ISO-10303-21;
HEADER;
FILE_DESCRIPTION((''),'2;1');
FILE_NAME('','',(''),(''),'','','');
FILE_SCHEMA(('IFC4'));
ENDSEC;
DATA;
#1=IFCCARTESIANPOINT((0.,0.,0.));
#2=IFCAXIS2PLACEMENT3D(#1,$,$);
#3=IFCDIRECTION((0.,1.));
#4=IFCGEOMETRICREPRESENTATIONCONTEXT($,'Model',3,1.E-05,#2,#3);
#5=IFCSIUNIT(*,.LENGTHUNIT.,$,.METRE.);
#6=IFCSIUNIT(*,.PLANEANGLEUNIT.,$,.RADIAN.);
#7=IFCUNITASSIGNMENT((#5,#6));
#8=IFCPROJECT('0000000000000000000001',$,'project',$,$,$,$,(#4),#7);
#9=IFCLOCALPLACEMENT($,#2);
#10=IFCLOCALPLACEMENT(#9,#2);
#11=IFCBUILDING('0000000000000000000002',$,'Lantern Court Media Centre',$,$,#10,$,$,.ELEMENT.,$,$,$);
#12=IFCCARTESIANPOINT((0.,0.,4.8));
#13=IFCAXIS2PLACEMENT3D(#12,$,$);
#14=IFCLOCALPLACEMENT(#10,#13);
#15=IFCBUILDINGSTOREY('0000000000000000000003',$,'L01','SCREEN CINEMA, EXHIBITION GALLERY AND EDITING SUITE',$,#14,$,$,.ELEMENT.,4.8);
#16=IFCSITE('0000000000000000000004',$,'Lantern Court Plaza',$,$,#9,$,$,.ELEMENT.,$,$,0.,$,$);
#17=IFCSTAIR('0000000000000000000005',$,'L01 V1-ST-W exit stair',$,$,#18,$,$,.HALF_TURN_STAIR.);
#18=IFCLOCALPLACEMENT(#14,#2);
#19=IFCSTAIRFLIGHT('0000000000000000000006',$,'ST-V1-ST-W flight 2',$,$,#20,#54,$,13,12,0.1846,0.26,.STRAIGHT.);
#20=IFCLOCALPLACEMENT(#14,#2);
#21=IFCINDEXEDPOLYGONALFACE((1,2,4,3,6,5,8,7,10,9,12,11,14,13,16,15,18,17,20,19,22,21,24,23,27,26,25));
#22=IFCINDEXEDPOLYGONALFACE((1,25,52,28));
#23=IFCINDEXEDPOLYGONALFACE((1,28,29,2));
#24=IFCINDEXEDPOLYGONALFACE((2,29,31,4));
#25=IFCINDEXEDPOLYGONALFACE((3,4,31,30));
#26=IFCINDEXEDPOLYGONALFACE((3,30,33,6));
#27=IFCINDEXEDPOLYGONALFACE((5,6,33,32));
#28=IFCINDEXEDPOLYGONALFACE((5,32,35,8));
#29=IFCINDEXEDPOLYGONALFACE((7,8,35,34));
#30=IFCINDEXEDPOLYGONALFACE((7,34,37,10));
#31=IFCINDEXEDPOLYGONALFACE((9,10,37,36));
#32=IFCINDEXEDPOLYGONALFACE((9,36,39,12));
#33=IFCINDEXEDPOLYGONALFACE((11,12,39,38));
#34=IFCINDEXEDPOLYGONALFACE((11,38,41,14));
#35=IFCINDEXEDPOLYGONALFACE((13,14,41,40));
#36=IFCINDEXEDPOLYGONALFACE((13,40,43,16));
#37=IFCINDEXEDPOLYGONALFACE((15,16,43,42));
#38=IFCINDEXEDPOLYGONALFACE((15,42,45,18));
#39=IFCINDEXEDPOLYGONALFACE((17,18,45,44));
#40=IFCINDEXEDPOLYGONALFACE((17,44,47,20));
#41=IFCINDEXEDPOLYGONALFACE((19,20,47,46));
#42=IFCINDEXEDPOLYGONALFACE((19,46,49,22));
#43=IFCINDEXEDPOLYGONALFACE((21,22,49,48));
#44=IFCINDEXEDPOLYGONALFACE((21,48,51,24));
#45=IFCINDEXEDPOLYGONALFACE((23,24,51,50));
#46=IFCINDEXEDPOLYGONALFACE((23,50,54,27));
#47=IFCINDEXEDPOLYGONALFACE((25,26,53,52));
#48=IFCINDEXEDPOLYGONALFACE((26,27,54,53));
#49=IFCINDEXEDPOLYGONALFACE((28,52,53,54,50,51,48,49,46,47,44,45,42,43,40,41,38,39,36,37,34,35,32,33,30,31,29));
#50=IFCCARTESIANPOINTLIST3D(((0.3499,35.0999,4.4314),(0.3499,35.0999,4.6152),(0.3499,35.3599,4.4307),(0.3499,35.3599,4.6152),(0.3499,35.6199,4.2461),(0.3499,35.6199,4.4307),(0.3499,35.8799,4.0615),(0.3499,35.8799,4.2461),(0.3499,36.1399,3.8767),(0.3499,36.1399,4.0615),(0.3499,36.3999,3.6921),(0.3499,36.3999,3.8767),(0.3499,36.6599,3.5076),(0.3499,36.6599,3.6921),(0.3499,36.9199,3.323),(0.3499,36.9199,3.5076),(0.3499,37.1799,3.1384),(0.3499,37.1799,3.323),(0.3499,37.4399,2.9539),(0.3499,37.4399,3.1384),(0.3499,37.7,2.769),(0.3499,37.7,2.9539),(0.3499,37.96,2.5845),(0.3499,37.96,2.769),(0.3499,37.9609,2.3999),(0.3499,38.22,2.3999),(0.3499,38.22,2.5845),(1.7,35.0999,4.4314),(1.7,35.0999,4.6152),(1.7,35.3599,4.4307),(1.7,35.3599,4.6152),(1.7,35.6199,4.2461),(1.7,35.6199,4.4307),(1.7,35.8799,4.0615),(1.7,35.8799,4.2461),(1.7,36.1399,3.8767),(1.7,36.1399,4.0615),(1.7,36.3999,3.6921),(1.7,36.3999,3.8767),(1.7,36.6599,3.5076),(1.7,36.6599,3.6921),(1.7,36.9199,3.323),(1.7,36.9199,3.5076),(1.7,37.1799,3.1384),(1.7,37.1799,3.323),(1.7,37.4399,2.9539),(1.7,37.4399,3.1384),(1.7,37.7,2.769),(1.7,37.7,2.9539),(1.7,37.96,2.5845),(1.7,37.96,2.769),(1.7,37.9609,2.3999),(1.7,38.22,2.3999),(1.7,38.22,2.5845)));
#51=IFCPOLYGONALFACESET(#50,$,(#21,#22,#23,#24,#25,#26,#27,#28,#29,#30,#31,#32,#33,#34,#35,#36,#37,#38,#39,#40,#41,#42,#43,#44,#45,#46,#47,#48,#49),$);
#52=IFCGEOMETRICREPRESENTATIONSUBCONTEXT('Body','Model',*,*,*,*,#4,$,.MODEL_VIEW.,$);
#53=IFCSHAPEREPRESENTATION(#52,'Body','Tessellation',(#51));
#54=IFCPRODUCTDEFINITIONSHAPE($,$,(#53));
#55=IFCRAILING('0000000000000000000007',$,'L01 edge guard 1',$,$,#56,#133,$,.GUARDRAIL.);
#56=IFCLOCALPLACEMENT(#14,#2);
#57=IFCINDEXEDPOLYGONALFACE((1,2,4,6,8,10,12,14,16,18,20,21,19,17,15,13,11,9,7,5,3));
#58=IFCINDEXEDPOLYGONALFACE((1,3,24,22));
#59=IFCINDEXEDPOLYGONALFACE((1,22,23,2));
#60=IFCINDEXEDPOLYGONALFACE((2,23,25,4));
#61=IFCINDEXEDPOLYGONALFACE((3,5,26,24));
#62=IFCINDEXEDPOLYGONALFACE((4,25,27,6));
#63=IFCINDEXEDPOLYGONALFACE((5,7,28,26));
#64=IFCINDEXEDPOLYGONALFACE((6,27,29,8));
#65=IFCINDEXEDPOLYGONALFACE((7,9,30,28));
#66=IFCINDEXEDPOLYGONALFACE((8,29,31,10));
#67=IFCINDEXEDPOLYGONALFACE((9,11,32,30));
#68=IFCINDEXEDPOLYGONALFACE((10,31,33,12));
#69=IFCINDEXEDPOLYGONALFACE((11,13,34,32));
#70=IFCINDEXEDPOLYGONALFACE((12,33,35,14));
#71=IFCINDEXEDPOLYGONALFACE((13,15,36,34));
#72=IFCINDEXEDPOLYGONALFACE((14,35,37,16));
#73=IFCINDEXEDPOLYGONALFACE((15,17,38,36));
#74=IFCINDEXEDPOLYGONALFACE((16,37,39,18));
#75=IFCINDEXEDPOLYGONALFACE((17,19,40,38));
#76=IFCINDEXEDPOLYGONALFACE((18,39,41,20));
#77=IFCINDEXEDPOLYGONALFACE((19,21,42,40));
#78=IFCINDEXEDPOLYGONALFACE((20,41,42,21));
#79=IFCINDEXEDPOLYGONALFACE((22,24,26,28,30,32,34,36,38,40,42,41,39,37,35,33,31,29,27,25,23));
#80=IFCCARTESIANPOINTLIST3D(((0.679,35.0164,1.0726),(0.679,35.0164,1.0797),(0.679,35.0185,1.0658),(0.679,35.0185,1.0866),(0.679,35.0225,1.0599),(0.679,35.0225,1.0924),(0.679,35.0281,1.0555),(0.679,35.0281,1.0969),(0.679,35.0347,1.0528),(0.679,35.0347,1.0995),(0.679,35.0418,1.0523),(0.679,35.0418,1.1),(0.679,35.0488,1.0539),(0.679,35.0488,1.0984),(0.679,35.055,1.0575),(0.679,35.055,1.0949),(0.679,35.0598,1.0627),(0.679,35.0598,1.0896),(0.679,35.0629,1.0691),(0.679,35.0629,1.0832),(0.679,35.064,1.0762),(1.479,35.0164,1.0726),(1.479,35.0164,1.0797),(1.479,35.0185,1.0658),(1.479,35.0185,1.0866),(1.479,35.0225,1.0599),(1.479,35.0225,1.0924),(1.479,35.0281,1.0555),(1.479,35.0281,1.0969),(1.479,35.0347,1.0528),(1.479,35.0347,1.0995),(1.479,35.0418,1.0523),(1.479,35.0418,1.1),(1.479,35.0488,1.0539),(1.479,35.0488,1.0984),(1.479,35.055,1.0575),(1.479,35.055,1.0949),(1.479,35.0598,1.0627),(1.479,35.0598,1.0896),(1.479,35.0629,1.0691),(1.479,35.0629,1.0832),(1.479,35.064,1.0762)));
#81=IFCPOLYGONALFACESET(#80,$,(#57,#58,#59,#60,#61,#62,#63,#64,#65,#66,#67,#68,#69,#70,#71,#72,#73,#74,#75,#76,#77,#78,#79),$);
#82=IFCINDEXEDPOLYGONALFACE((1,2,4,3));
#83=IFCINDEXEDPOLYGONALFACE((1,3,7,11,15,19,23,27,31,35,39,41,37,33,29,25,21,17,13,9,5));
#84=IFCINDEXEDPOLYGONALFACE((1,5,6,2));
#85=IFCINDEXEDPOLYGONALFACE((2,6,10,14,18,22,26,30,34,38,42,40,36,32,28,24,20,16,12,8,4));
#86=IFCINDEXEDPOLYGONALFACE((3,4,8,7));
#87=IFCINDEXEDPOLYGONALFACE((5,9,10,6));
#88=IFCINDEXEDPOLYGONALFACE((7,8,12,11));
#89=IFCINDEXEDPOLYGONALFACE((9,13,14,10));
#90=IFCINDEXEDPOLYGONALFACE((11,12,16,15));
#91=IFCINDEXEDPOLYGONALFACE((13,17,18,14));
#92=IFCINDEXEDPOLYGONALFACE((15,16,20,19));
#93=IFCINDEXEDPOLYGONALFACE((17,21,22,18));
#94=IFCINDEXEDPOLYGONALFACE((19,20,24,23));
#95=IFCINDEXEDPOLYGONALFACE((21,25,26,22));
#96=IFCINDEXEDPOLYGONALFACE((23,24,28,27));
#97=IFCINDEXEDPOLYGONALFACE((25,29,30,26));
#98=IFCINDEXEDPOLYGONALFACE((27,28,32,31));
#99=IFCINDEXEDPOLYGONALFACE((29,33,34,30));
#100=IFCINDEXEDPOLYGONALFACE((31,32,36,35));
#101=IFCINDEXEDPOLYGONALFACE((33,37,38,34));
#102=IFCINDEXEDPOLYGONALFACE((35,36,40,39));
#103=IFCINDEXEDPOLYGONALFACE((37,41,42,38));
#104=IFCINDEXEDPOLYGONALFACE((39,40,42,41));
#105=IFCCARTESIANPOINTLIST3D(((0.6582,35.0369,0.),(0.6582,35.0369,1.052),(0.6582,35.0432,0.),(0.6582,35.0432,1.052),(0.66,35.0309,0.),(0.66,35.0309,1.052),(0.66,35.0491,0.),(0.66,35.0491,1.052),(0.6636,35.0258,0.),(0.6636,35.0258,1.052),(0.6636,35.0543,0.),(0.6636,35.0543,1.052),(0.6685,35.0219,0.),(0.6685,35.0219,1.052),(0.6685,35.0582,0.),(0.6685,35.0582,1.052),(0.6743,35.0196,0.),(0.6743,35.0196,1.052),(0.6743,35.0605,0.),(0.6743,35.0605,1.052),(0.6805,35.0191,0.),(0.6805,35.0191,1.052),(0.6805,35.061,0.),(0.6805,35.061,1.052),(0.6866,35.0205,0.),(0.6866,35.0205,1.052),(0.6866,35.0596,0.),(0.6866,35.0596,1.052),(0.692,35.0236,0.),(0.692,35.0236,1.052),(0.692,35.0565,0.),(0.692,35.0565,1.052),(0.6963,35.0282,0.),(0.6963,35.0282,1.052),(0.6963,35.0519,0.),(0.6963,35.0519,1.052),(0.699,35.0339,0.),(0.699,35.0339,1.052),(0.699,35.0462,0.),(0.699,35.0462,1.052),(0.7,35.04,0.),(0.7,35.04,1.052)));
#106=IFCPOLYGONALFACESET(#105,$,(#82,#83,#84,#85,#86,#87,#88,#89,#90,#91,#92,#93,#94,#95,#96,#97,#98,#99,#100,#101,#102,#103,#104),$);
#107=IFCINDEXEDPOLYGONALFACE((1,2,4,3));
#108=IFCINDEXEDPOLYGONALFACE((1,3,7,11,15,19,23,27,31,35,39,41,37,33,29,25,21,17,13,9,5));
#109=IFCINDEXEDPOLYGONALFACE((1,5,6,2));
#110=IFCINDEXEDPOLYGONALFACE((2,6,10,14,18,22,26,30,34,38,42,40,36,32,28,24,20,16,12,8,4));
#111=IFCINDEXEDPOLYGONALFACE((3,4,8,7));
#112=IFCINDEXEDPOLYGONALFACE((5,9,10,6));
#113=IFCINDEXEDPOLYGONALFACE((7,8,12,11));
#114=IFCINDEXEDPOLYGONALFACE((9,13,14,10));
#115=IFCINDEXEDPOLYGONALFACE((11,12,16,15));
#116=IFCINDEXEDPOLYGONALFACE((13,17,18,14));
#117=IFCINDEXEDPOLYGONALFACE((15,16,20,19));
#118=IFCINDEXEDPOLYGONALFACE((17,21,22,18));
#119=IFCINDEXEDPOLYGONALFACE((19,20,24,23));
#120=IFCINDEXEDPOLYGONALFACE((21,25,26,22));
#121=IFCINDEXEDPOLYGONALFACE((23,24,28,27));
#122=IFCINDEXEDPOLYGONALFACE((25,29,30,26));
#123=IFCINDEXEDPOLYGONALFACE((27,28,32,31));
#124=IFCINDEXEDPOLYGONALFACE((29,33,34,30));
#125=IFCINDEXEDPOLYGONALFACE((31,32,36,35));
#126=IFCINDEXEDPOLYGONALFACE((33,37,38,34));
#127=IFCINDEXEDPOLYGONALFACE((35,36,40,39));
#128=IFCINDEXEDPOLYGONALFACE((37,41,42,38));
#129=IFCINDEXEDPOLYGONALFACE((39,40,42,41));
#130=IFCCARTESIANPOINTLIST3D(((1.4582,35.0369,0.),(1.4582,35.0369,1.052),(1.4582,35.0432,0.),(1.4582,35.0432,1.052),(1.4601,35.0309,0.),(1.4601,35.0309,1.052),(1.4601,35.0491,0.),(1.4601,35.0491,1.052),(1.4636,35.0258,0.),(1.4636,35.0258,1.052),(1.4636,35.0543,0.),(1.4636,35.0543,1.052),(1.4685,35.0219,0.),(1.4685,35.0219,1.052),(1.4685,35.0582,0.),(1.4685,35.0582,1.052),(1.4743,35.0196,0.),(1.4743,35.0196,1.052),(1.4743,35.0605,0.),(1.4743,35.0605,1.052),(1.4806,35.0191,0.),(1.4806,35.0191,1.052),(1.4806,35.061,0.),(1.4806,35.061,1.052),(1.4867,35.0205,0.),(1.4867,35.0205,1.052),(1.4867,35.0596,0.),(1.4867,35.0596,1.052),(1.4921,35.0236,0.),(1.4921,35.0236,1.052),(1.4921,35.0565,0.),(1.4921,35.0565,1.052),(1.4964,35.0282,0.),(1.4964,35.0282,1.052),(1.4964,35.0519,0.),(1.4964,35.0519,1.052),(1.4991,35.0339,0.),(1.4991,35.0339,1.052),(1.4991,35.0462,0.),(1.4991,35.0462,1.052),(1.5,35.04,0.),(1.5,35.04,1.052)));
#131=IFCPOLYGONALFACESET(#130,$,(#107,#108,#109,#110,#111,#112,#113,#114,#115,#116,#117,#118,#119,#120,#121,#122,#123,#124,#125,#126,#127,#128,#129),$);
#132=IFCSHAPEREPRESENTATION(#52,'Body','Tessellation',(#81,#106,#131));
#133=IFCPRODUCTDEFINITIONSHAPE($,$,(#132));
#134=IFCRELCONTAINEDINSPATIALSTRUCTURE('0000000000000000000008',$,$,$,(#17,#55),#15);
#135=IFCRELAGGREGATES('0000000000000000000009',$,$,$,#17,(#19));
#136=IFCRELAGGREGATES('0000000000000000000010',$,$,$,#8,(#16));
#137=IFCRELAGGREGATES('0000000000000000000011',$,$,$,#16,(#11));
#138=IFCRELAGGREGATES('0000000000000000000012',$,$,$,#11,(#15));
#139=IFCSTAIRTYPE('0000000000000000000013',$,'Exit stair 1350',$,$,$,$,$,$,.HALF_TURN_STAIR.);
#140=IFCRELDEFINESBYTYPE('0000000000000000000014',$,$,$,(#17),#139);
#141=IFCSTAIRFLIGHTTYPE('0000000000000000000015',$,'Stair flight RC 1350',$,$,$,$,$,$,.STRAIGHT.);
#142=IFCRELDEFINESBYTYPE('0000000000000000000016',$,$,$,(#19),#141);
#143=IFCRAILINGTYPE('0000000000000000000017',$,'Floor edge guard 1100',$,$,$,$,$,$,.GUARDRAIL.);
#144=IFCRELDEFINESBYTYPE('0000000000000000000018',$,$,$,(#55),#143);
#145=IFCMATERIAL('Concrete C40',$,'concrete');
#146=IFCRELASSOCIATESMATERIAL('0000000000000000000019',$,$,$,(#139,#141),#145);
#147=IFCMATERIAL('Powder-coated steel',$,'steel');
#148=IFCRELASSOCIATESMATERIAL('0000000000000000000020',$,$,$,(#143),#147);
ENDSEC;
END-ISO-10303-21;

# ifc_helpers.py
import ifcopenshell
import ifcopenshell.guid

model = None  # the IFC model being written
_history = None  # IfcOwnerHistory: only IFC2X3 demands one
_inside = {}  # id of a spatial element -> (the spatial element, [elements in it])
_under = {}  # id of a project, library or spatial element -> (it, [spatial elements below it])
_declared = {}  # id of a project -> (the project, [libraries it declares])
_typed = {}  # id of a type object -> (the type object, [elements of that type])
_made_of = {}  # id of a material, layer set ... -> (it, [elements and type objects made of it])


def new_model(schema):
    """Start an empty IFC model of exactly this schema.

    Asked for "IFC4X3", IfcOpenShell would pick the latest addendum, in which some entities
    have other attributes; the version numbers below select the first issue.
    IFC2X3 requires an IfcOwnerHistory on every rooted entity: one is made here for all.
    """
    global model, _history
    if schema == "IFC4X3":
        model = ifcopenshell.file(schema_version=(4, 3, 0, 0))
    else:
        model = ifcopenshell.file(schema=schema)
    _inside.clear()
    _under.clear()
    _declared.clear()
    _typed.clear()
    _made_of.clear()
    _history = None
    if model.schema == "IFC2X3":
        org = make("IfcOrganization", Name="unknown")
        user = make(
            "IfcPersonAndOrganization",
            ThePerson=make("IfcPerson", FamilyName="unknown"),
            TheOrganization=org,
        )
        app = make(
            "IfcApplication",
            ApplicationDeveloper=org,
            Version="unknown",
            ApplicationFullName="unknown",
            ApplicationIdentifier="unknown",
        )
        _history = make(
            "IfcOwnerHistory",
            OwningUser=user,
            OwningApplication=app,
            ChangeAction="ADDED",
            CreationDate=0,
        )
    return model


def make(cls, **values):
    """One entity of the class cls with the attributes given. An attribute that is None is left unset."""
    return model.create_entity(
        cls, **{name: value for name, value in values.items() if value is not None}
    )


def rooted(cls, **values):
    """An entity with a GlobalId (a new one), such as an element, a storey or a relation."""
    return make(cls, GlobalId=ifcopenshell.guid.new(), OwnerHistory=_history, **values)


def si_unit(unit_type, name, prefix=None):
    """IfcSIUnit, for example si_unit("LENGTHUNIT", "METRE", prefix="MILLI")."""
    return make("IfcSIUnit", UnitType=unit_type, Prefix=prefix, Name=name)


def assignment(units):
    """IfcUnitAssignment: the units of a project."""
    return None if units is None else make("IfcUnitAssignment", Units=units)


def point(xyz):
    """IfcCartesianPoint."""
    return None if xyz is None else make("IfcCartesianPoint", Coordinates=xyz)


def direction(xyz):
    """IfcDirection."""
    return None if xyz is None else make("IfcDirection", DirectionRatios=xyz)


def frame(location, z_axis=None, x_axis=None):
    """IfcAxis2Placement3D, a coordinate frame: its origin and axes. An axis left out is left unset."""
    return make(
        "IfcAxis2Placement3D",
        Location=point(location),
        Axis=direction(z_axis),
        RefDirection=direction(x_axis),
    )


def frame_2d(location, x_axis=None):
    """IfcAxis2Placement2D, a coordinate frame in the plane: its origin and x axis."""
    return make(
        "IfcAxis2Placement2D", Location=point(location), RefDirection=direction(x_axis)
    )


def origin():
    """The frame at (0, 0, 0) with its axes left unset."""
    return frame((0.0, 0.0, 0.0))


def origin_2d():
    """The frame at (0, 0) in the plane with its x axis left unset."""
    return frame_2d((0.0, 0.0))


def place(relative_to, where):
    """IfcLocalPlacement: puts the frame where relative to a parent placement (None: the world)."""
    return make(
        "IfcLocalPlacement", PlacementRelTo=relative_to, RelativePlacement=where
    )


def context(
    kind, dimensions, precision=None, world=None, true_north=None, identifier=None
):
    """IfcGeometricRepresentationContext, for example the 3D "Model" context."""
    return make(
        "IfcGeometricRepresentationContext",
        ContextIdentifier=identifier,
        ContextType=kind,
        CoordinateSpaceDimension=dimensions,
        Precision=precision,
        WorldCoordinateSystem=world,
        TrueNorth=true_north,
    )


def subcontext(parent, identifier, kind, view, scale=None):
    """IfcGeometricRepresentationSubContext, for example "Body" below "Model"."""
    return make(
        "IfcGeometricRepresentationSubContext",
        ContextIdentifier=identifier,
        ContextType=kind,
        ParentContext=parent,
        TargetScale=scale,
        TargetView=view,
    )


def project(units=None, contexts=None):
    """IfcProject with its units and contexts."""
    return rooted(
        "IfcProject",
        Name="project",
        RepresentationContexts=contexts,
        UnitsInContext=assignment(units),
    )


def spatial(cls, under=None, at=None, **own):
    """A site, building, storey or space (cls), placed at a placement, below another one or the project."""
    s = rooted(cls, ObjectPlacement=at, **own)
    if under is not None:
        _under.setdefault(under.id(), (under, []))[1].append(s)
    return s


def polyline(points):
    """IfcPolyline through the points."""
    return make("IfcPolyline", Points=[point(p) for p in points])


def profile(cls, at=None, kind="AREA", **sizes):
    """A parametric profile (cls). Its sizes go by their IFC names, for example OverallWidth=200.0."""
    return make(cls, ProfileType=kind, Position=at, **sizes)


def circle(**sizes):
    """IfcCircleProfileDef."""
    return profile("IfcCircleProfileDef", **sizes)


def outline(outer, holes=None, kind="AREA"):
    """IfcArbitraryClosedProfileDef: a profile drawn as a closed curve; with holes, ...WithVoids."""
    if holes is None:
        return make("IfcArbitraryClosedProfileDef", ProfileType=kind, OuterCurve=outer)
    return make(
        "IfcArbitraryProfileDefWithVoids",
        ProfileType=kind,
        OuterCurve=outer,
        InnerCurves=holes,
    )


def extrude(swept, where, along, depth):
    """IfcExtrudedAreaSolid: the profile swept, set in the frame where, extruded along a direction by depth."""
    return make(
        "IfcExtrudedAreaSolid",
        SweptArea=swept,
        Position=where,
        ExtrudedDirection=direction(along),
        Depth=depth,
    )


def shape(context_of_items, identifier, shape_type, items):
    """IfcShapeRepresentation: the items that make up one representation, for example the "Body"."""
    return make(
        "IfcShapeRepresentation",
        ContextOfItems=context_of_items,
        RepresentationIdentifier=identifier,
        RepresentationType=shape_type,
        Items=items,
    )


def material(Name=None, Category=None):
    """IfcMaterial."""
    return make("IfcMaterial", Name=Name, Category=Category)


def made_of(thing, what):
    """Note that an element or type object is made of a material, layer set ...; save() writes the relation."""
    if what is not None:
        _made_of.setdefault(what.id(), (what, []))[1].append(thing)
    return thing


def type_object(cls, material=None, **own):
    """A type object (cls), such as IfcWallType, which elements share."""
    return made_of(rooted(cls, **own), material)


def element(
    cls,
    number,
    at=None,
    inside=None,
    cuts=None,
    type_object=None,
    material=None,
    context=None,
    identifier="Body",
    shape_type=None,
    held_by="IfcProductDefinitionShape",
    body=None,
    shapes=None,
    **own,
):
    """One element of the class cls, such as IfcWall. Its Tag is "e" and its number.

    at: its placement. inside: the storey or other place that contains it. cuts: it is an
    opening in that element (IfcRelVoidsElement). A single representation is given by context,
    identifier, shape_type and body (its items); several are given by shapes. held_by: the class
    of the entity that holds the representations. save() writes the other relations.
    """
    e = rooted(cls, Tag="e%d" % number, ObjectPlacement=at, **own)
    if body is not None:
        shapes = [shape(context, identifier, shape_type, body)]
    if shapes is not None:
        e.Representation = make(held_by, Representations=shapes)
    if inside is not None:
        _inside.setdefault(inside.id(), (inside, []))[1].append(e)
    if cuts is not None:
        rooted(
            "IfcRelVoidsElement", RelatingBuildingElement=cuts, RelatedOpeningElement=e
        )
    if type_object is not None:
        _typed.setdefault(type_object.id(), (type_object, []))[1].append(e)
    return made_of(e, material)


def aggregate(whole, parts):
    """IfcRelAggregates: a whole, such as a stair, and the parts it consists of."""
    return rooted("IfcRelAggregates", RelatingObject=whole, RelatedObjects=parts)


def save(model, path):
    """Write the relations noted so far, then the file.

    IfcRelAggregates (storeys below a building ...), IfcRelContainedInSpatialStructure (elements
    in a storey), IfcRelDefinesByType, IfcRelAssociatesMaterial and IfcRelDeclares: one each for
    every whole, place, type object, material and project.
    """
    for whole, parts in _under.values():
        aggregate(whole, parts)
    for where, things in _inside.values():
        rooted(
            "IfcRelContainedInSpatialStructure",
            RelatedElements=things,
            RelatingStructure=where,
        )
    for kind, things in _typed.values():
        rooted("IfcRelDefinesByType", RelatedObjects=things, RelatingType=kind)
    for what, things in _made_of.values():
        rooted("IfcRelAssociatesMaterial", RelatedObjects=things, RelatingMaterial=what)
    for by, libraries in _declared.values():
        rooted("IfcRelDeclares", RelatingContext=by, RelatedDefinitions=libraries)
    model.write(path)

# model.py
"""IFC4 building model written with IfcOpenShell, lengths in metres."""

from ifc_helpers import new_model, si_unit, direction, frame, origin, origin_2d, place, context, subcontext, project, spatial, polyline, circle, outline, extrude, material, type_object, element, aggregate, save


model = new_model("IFC4")

# Units and contexts
model_context = context("Model", 3, precision=1e-05, world=origin(), true_north=direction((0.0, 1.0)))
body_context = subcontext(model_context, "Body", "Model", "MODEL_VIEW")
ifc_project = project(units=[si_unit("LENGTHUNIT", "METRE"), si_unit("PLANEANGLEUNIT", "RADIAN")], contexts=[model_context])

# Site, building, storey
site_placement = place(None, origin())
site = spatial("IfcSite", under=ifc_project, at=site_placement, Name="Lantern Court Plaza", CompositionType="ELEMENT", RefElevation=0.0)
building_placement = place(site_placement, origin())
building = spatial("IfcBuilding", under=site, at=building_placement, Name="Lantern Court Media Centre", CompositionType="ELEMENT")
storey_placement = place(building_placement, frame((0.0, 0.0, 4.8)))
storey = spatial("IfcBuildingStorey", under=building, at=storey_placement, Name="L01", Description="SCREEN CINEMA, EXHIBITION GALLERY AND EDITING SUITE", CompositionType="ELEMENT", Elevation=4.8)

# Shared definitions
ifc_material_1 = material(Name="Concrete C40", Category="concrete")

# Stair, stair flight
stair_type = type_object("IfcStairType", Name="Exit stair 1350", PredefinedType="HALF_TURN_STAIR", material=ifc_material_1)
stair_placement = place(storey_placement, origin())
stair = element("IfcStair", 1, at=stair_placement, inside=storey, type_object=stair_type, Name="L01 V1-ST-W exit stair", PredefinedType="HALF_TURN_STAIR")
stair_flight_type = type_object("IfcStairFlightType", Name="Stair flight RC 1350", PredefinedType="STRAIGHT", material=ifc_material_1)
stair_flight_1_placement = place(storey_placement, frame((1.0249, 38.22, 2.3999), z_axis=(0.0, 0.0, 1.0), x_axis=(0.0, -1.0, 0.0)))
stair_flight_1 = element("IfcStairFlight", 2, at=stair_flight_1_placement, type_object=stair_flight_type, Name="ST-V1-ST-W flight 2", NumberOfRisers=13, NumberOfTreads=12, PredefinedType="STRAIGHT", RiserHeight=0.1846, TreadLength=0.26, context=body_context, shape_type="SweptSolid", body=[
    extrude(outline(polyline([(0.0, 0.0), (0.0, 0.1846), (0.26, 0.1846), (0.26, 0.3691), (0.52, 0.3691), (0.52, 0.554), (0.78, 0.554), (0.78, 0.7385), (1.04, 0.7385), (1.04, 0.9231), (1.3, 0.9231), (1.3, 1.1077), (1.5601, 1.1077), (1.5601, 1.2922), (1.8201, 1.2922), (1.8201, 1.4768), (2.0801, 1.4768), (2.0801, 1.6616), (2.3401, 1.6616), (2.3401, 1.8462), (2.6001, 1.8462), (2.6001, 2.0308), (2.8601, 2.0308), (2.8601, 2.2153), (3.1201, 2.2153), (3.1201, 2.3999), (3.1201, 2.0315), (0.259, 0.0), (0.0, 0.0)])), frame((0.0, 0.675, 0.0), z_axis=(0.0, -1.0, 0.0), x_axis=(1.0, 0.0, 0.0)), (0.0, 0.0, 1.0), 1.3501),
])
aggregate(stair, [stair_flight_1])

# Railing
ifc_material_2 = material(Name="Powder-coated steel", Category="steel")
railing_type_1 = type_object("IfcRailingType", Name="Floor edge guard 1100", PredefinedType="GUARDRAIL", material=ifc_material_2)
railing_1_placement = place(storey_placement, frame((0.679, 35.04, 0.0)))
element("IfcRailing", 3, at=railing_1_placement, inside=storey, type_object=railing_type_1, Name="L01 edge guard 1", PredefinedType="GUARDRAIL", context=body_context, shape_type="SweptSolid", body=[
    extrude(circle(Radius=0.0239, at=origin_2d()), frame((0.0, 0.0, 1.0762), z_axis=(1.0, 0.0, 0.0), x_axis=(0.0, 1.0, 0.0)), (0.0, 0.0, 1.0), 0.8),
    extrude(circle(Radius=0.021, at=origin_2d()), origin(), (0.0, 0.0, 1.0), 1.052),
    extrude(circle(Radius=0.021, at=origin_2d()), frame((0.8, 0.0, 0.0)), (0.0, 0.0, 1.0), 1.052),
])

save(model, "model.ifc")
